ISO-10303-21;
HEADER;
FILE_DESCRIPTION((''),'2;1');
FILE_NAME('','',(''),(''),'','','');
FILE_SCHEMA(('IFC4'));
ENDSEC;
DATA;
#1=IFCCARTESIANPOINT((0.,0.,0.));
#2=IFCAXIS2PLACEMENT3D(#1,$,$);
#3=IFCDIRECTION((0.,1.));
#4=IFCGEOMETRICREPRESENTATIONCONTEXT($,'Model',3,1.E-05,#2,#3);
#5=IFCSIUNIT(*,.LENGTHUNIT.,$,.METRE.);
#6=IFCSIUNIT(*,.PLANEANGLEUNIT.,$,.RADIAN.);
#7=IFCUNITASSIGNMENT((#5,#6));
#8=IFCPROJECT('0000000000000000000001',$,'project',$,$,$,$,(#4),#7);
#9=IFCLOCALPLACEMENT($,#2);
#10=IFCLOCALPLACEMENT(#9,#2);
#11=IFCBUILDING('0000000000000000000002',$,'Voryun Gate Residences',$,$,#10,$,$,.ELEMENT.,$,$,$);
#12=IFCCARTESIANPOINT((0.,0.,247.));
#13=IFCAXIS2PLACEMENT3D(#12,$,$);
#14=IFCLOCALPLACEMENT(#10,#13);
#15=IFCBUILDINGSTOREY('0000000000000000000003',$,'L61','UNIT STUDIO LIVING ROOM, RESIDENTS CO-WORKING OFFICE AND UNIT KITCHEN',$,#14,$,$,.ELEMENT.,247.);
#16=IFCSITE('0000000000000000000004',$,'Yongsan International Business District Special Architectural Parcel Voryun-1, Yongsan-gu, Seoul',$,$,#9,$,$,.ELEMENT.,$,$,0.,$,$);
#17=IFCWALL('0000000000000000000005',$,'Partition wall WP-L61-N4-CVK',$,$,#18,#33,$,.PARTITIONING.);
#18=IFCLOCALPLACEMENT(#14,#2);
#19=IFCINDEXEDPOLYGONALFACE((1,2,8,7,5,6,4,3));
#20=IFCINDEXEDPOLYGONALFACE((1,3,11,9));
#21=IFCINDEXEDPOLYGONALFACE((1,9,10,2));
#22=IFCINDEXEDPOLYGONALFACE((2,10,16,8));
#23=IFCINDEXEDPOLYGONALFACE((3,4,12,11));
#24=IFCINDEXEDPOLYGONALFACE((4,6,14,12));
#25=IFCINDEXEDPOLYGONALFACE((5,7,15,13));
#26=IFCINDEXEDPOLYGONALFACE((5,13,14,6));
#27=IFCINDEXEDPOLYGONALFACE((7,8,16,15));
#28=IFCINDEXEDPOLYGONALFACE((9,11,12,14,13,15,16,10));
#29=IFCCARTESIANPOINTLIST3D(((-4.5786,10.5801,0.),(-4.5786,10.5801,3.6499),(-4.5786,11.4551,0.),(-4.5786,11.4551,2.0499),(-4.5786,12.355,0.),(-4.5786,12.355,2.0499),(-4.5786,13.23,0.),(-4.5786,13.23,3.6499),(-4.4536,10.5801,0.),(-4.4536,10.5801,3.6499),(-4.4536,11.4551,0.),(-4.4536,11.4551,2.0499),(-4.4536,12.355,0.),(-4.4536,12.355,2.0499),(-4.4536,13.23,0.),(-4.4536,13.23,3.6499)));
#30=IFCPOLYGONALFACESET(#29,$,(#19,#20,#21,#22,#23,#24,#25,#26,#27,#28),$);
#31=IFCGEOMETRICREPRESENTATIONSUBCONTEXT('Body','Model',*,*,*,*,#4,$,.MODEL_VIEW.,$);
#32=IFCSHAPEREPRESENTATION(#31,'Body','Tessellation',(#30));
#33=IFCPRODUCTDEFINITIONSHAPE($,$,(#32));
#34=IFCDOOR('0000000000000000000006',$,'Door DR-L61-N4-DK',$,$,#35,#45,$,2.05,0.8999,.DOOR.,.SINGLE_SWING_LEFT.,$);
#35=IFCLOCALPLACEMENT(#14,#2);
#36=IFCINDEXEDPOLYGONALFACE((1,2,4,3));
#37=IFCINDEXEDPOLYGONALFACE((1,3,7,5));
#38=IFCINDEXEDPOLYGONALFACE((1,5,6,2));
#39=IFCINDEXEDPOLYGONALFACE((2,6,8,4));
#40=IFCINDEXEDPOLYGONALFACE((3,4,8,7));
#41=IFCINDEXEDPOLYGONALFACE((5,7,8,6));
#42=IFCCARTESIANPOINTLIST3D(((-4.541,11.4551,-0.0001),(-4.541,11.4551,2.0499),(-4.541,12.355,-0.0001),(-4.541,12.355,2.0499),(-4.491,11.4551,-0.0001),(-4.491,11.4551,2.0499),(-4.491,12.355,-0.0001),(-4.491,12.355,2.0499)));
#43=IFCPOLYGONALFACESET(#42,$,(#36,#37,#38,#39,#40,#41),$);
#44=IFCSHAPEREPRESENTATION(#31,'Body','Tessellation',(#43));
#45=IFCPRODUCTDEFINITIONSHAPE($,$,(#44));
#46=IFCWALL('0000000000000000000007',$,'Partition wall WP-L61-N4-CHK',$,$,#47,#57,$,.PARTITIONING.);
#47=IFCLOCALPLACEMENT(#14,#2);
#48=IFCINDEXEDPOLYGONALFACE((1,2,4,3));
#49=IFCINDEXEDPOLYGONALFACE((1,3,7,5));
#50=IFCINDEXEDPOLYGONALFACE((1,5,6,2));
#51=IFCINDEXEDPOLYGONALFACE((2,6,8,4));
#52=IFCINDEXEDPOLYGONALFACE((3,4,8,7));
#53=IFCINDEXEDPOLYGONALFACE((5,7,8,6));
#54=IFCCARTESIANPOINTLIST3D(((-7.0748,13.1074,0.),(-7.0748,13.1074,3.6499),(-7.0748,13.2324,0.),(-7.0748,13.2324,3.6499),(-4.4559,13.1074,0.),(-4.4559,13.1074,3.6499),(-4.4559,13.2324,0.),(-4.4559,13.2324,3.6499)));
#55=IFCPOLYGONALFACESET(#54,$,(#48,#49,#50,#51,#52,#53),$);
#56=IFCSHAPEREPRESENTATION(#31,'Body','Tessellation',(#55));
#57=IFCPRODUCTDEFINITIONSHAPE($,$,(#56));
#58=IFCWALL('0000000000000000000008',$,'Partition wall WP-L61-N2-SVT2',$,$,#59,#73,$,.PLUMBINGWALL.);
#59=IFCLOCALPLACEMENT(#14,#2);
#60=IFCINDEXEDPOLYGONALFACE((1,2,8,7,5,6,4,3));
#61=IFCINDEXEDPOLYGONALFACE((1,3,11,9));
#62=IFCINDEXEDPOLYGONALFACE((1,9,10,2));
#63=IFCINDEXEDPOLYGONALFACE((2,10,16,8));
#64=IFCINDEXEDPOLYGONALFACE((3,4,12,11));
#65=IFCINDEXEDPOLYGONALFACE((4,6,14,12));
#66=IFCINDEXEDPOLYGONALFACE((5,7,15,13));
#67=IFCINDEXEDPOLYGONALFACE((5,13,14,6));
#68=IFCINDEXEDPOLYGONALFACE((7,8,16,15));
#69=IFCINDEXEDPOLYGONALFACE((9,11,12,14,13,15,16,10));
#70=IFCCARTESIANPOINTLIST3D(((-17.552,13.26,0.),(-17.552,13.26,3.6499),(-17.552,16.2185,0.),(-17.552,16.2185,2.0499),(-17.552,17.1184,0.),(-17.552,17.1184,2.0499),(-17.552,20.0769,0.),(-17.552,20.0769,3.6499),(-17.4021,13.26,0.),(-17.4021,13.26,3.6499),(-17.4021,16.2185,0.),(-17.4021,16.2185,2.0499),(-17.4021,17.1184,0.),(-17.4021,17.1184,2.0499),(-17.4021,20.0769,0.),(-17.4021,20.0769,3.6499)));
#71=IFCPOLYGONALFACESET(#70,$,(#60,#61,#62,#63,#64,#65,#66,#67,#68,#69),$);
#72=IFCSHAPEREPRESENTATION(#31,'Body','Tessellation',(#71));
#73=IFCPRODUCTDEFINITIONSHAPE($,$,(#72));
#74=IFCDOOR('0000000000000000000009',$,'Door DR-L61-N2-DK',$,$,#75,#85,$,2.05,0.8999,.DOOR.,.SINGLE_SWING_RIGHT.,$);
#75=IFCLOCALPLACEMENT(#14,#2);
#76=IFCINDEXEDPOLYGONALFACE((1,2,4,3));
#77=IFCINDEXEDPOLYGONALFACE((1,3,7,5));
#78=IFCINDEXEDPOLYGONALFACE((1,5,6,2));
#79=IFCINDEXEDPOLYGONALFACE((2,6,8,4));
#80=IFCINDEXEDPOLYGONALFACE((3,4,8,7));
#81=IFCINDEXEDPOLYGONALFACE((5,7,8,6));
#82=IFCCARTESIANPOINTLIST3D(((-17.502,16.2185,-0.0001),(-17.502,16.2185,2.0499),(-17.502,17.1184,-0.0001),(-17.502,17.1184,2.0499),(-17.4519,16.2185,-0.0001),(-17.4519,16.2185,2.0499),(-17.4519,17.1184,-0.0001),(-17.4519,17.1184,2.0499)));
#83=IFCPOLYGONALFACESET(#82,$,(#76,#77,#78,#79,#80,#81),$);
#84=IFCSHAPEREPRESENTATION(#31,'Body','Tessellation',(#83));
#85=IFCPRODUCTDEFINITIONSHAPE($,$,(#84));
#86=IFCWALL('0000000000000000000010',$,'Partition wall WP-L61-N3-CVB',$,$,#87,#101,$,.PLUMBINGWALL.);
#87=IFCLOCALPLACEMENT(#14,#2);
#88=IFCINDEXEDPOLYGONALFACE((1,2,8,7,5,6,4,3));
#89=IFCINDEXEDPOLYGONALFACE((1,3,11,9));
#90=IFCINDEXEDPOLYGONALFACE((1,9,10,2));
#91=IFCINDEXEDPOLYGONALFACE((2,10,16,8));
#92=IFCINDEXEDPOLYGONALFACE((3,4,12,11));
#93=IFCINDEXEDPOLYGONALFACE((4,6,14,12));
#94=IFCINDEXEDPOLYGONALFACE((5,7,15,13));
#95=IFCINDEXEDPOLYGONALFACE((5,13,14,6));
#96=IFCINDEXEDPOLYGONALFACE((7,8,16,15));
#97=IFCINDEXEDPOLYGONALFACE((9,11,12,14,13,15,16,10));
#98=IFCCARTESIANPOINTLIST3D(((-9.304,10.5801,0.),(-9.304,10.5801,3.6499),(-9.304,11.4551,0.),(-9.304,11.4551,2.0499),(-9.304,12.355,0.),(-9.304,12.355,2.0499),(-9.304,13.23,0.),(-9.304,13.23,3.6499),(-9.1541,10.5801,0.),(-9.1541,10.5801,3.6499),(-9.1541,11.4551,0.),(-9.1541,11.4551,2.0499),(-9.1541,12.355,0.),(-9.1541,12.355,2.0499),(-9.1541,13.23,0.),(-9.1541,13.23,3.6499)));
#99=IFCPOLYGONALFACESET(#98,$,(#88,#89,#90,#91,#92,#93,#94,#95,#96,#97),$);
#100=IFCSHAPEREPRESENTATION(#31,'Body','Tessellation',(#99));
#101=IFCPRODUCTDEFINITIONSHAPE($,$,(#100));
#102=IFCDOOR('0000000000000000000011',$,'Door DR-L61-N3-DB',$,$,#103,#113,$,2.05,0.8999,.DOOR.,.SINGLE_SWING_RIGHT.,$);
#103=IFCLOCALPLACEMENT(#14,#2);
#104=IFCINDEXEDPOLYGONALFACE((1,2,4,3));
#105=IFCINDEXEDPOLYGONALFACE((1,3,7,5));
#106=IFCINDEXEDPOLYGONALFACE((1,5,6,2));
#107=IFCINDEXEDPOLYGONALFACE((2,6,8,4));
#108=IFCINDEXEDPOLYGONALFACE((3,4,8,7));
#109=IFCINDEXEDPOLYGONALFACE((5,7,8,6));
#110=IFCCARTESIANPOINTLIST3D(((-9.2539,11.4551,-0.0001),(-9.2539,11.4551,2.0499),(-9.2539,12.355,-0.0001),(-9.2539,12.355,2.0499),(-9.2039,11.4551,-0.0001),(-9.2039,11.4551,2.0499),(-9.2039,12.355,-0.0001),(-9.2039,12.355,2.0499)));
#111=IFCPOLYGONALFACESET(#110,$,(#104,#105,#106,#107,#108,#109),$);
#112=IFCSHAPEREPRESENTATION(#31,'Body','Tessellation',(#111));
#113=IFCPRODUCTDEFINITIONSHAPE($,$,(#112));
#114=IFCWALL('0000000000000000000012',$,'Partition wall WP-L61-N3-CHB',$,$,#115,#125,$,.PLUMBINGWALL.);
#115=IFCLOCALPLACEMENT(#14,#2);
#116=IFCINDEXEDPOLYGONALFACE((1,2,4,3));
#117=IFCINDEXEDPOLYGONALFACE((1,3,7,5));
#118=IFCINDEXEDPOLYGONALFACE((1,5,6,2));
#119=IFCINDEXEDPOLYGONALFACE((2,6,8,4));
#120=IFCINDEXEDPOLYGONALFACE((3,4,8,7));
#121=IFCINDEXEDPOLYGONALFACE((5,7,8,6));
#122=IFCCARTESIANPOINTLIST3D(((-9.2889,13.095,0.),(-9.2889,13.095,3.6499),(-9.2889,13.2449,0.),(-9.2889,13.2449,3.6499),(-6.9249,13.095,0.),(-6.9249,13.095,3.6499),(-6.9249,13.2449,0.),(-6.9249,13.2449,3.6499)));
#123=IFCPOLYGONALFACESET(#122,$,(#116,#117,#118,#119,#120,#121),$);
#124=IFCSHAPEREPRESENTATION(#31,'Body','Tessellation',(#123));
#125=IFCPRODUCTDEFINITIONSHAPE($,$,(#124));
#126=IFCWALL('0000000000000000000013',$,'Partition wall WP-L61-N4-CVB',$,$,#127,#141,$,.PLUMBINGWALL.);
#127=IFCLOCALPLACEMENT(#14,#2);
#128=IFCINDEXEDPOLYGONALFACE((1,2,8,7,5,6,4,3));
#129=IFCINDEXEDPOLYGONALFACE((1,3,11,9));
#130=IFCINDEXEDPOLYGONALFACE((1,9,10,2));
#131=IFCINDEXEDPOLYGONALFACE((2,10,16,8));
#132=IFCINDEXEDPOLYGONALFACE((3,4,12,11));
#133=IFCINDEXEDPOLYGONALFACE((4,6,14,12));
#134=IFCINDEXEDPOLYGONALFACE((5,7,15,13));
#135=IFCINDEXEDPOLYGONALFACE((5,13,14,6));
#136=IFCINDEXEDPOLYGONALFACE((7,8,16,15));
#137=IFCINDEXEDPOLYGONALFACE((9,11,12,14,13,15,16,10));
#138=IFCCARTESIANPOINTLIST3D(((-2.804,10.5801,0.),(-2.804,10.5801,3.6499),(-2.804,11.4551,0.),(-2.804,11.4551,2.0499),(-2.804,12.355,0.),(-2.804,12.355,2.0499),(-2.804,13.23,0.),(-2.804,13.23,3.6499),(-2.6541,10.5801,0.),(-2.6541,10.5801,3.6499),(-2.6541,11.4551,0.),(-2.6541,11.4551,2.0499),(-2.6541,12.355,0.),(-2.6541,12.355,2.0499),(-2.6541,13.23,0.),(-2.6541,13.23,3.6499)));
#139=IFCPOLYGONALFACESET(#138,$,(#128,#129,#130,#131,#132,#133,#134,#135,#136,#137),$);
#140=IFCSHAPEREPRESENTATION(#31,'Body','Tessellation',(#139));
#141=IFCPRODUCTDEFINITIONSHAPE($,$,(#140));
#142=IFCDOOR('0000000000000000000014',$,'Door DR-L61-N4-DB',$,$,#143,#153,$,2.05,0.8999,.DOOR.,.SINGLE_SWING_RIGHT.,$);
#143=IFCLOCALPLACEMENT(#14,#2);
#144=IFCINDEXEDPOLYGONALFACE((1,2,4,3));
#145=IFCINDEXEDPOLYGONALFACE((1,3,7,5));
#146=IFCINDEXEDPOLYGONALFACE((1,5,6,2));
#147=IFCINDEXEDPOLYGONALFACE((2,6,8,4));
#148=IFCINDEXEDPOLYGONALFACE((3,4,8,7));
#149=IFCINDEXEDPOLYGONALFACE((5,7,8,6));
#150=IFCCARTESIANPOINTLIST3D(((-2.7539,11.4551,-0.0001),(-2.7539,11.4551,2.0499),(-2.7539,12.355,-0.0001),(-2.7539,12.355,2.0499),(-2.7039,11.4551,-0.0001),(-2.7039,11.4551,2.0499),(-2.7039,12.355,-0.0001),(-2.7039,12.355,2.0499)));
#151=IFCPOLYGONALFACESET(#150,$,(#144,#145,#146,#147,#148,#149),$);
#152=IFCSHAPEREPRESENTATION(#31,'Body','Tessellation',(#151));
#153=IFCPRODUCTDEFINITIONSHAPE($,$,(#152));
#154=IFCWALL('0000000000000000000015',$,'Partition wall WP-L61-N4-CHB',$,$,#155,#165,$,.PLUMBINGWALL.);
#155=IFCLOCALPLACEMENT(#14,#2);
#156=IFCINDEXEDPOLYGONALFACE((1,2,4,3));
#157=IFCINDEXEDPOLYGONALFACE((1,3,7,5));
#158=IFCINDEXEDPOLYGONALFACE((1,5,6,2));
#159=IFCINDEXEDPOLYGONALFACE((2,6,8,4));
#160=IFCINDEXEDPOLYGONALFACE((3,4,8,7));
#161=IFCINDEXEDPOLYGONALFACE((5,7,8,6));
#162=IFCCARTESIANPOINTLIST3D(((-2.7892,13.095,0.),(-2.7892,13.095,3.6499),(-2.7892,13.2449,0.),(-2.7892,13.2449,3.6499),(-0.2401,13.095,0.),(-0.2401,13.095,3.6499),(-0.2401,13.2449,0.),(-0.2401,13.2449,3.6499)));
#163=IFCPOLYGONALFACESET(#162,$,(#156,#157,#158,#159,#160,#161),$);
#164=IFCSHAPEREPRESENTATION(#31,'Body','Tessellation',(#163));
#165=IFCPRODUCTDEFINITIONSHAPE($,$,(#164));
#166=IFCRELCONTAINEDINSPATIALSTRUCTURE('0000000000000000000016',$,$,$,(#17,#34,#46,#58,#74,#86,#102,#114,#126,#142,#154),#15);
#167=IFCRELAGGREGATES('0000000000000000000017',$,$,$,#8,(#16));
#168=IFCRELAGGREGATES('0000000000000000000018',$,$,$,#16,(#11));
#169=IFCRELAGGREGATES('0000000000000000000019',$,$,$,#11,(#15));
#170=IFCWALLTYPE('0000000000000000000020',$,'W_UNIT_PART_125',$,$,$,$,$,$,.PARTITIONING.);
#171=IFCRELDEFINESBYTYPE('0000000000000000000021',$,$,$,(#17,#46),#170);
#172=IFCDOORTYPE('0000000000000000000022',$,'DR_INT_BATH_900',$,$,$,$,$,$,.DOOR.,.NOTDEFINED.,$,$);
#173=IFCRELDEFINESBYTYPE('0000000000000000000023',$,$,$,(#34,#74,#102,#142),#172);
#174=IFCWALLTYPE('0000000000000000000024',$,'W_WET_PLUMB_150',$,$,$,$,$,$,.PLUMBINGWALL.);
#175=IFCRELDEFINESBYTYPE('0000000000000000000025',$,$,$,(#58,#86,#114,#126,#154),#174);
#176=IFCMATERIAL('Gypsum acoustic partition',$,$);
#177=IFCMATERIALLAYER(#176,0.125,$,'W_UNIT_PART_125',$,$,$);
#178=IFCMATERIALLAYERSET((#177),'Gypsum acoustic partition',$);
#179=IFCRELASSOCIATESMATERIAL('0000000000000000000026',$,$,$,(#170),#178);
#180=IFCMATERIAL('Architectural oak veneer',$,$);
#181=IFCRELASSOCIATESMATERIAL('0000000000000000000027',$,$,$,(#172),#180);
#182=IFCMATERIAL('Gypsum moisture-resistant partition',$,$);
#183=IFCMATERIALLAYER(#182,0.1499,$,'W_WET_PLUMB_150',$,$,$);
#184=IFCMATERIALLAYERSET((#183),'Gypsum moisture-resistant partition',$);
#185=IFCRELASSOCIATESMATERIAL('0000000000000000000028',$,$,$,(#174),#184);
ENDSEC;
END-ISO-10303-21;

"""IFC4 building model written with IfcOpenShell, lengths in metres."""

from ifc_helpers import new_model, si_unit, direction, frame, frame_2d, origin, place, context, subcontext, project, spatial, rectangle, extrude, material, layer, layer_set, type_object, element, fill, save


model = new_model("IFC4")

# Units and contexts
model_context = context("Model", 3, precision=1e-05, world=origin(), true_north=direction((0.0, 1.0)))
body_context = subcontext(model_context, "Body", "Model", "MODEL_VIEW")
ifc_project = project(units=[si_unit("LENGTHUNIT", "METRE"), si_unit("PLANEANGLEUNIT", "RADIAN")], contexts=[model_context])

# Site, building, storey
site_placement = place(None, origin())
site = spatial("IfcSite", under=ifc_project, at=site_placement, Name="Yongsan International Business District Special Architectural Parcel Voryun-1, Yongsan-gu, Seoul", CompositionType="ELEMENT", RefElevation=0.0)
building_placement = place(site_placement, origin())
building = spatial("IfcBuilding", under=site, at=building_placement, Name="Voryun Gate Residences", CompositionType="ELEMENT")
storey_placement = place(building_placement, frame((0.0, 0.0, 247.0)))
storey = spatial("IfcBuildingStorey", under=building, at=storey_placement, Name="L61", Description="UNIT STUDIO LIVING ROOM, RESIDENTS CO-WORKING OFFICE AND UNIT KITCHEN", CompositionType="ELEMENT", Elevation=247.0)

# Shared definitions
ifc_material_1 = material(Name="Gypsum acoustic partition")
ifc_layer_1 = layer(ifc_material_1, 0.125, Name="W_UNIT_PART_125")
ifc_layer_set_1 = layer_set([ifc_layer_1], Name="Gypsum acoustic partition")
wall_type_1 = type_object("IfcWallType", Name="W_UNIT_PART_125", PredefinedType="PARTITIONING", material=ifc_layer_set_1)
ifc_material_2 = material(Name="Architectural oak veneer")
door_type_1 = type_object("IfcDoorType", Name="DR_INT_BATH_900", OperationType="NOTDEFINED", PredefinedType="DOOR", material=ifc_material_2)

# Wall, opening, door
wall_1_placement = place(storey_placement, frame((-4.5161, 10.5801, 0.0), z_axis=(0.0, 0.0, 1.0), x_axis=(0.0, 1.0, 0.0)))
wall_1 = element("IfcWall", 1, at=wall_1_placement, inside=storey, type_object=wall_type_1, Name="Partition wall WP-L61-N4-CVK", PredefinedType="PARTITIONING", context=body_context, shape_type="SweptSolid", body=[
    extrude(rectangle(XDim=2.6499, YDim=0.125, at=frame_2d((1.325, 0.0))), origin(), (0.0, 0.0, 1.0), 3.6499),
])
opening_1_placement = place(wall_1_placement, frame((0.875, 0.0, 0.0)))
opening_1 = element("IfcOpeningElement", 2, at=opening_1_placement, cuts=wall_1, PredefinedType="OPENING", context=body_context, shape_type="SweptSolid", body=[
    extrude(rectangle(XDim=0.8999, YDim=2.05, at=frame_2d((0.45, 1.0249))), frame((0.0, 0.0725, 0.0), z_axis=(0.0, -1.0, 0.0), x_axis=(1.0, 0.0, 0.0)), (0.0, 0.0, 1.0), 0.145),
])
door_1_placement = place(opening_1_placement, origin())
door_1 = element("IfcDoor", 3, at=door_1_placement, inside=storey, type_object=door_type_1, Name="Door DR-L61-N4-DK", OperationType="SINGLE_SWING_LEFT", OverallHeight=2.05, OverallWidth=0.8999, PredefinedType="DOOR", context=body_context, shape_type="SweptSolid", body=[
    extrude(rectangle(XDim=0.8999, YDim=2.05, at=frame_2d((0.45, 1.0249))), frame((0.0, 0.0249, 0.0), z_axis=(0.0, -1.0, 0.0), x_axis=(1.0, 0.0, 0.0)), (0.0, 0.0, 1.0), 0.05),
])
fill(opening_1, door_1)

# Wall
wall_2_placement = place(storey_placement, frame((-7.075, 13.1699, 0.0), z_axis=(0.0, 0.0, 1.0), x_axis=(1.0, 0.0, 0.0)))
element("IfcWall", 4, at=wall_2_placement, inside=storey, type_object=wall_type_1, Name="Partition wall WP-L61-N4-CHK", PredefinedType="PARTITIONING", context=body_context, shape_type="SweptSolid", body=[
    extrude(rectangle(XDim=2.6189, YDim=0.125, at=frame_2d((1.3096, 0.0))), origin(), (0.0, 0.0, 1.0), 3.6499),
])

# Walls, openings, doors
ifc_material_3 = material(Name="Gypsum moisture-resistant partition")
ifc_layer_2 = layer(ifc_material_3, 0.1499, Name="W_WET_PLUMB_150")
ifc_layer_set_2 = layer_set([ifc_layer_2], Name="Gypsum moisture-resistant partition")
wall_type_2 = type_object("IfcWallType", Name="W_WET_PLUMB_150", PredefinedType="PLUMBINGWALL", material=ifc_layer_set_2)
wall_3_placement = place(storey_placement, frame((-17.4771, 13.26, 0.0), z_axis=(0.0, 0.0, 1.0), x_axis=(0.0, 1.0, 0.0)))
wall_3 = element("IfcWall", 5, at=wall_3_placement, inside=storey, type_object=wall_type_2, Name="Partition wall WP-L61-N2-SVT2", PredefinedType="PLUMBINGWALL", context=body_context, shape_type="SweptSolid", body=[
    extrude(rectangle(XDim=6.8169, YDim=0.1499, at=frame_2d((3.4084, 0.0))), origin(), (0.0, 0.0, 1.0), 3.6499),
])
opening_2_placement = place(wall_3_placement, frame((2.9585, 0.0, 0.0)))
opening_2 = element("IfcOpeningElement", 6, at=opening_2_placement, cuts=wall_3, PredefinedType="OPENING", context=body_context, shape_type="SweptSolid", body=[
    extrude(rectangle(XDim=0.8999, YDim=2.05, at=frame_2d((0.45, 1.0249))), frame((0.0, 0.085, 0.0), z_axis=(0.0, -1.0, 0.0), x_axis=(1.0, 0.0, 0.0)), (0.0, 0.0, 1.0), 0.1699),
])
door_2_placement = place(opening_2_placement, origin())
door_2 = element("IfcDoor", 7, at=door_2_placement, inside=storey, type_object=door_type_1, Name="Door DR-L61-N2-DK", OperationType="SINGLE_SWING_RIGHT", OverallHeight=2.05, OverallWidth=0.8999, PredefinedType="DOOR", context=body_context, shape_type="SweptSolid", body=[
    extrude(rectangle(XDim=0.8999, YDim=2.05, at=frame_2d((0.45, 1.0249))), frame((0.0, 0.0249, 0.0), z_axis=(0.0, -1.0, 0.0), x_axis=(1.0, 0.0, 0.0)), (0.0, 0.0, 1.0), 0.05),
])
fill(opening_2, door_2)
wall_4_placement = place(storey_placement, frame((-9.229, 10.5801, 0.0), z_axis=(0.0, 0.0, 1.0), x_axis=(0.0, 1.0, 0.0)))
wall_4 = element("IfcWall", 8, at=wall_4_placement, inside=storey, type_object=wall_type_2, Name="Partition wall WP-L61-N3-CVB", PredefinedType="PLUMBINGWALL", context=body_context, shape_type="SweptSolid", body=[
    extrude(rectangle(XDim=2.6499, YDim=0.1499, at=frame_2d((1.325, 0.0))), origin(), (0.0, 0.0, 1.0), 3.6499),
])
opening_3_placement = place(wall_4_placement, frame((0.875, 0.0, 0.0)))
opening_3 = element("IfcOpeningElement", 9, at=opening_3_placement, cuts=wall_4, PredefinedType="OPENING", context=body_context, shape_type="SweptSolid", body=[
    extrude(rectangle(XDim=0.8999, YDim=2.05, at=frame_2d((0.45, 1.0249))), frame((0.0, 0.085, 0.0), z_axis=(0.0, -1.0, 0.0), x_axis=(1.0, 0.0, 0.0)), (0.0, 0.0, 1.0), 0.1699),
])
door_3_placement = place(opening_3_placement, origin())
door_3 = element("IfcDoor", 10, at=door_3_placement, inside=storey, type_object=door_type_1, Name="Door DR-L61-N3-DB", OperationType="SINGLE_SWING_RIGHT", OverallHeight=2.05, OverallWidth=0.8999, PredefinedType="DOOR", context=body_context, shape_type="SweptSolid", body=[
    extrude(rectangle(XDim=0.8999, YDim=2.05, at=frame_2d((0.45, 1.0249))), frame((0.0, 0.0249, 0.0), z_axis=(0.0, -1.0, 0.0), x_axis=(1.0, 0.0, 0.0)), (0.0, 0.0, 1.0), 0.05),
])
fill(opening_3, door_3)

# Wall
wall_5_placement = place(storey_placement, frame((-9.2891, 13.1699, 0.0), z_axis=(0.0, 0.0, 1.0), x_axis=(1.0, 0.0, 0.0)))
element("IfcWall", 11, at=wall_5_placement, inside=storey, type_object=wall_type_2, Name="Partition wall WP-L61-N3-CHB", PredefinedType="PLUMBINGWALL", context=body_context, shape_type="SweptSolid", body=[
    extrude(rectangle(XDim=2.364, YDim=0.1499, at=frame_2d((1.1821, 0.0))), origin(), (0.0, 0.0, 1.0), 3.6499),
])

# Wall, opening, door
wall_6_placement = place(storey_placement, frame((-2.729, 10.5801, 0.0), z_axis=(0.0, 0.0, 1.0), x_axis=(0.0, 1.0, 0.0)))
wall_6 = element("IfcWall", 12, at=wall_6_placement, inside=storey, type_object=wall_type_2, Name="Partition wall WP-L61-N4-CVB", PredefinedType="PLUMBINGWALL", context=body_context, shape_type="SweptSolid", body=[
    extrude(rectangle(XDim=2.6499, YDim=0.1499, at=frame_2d((1.325, 0.0))), origin(), (0.0, 0.0, 1.0), 3.6499),
])
opening_4_placement = place(wall_6_placement, frame((0.875, 0.0, 0.0)))
opening_4 = element("IfcOpeningElement", 13, at=opening_4_placement, cuts=wall_6, PredefinedType="OPENING", context=body_context, shape_type="SweptSolid", body=[
    extrude(rectangle(XDim=0.8999, YDim=2.05, at=frame_2d((0.45, 1.0249))), frame((0.0, 0.085, 0.0), z_axis=(0.0, -1.0, 0.0), x_axis=(1.0, 0.0, 0.0)), (0.0, 0.0, 1.0), 0.1699),
])
door_4_placement = place(opening_4_placement, origin())
door_4 = element("IfcDoor", 14, at=door_4_placement, inside=storey, type_object=door_type_1, Name="Door DR-L61-N4-DB", OperationType="SINGLE_SWING_RIGHT", OverallHeight=2.05, OverallWidth=0.8999, PredefinedType="DOOR", context=body_context, shape_type="SweptSolid", body=[
    extrude(rectangle(XDim=0.8999, YDim=2.05, at=frame_2d((0.45, 1.0249))), frame((0.0, 0.0249, 0.0), z_axis=(0.0, -1.0, 0.0), x_axis=(1.0, 0.0, 0.0)), (0.0, 0.0, 1.0), 0.05),
])
fill(opening_4, door_4)

# Wall
wall_7_placement = place(storey_placement, frame((-2.7891, 13.1699, 0.0), z_axis=(0.0, 0.0, 1.0), x_axis=(1.0, 0.0, 0.0)))
element("IfcWall", 15, at=wall_7_placement, inside=storey, type_object=wall_type_2, Name="Partition wall WP-L61-N4-CHB", PredefinedType="PLUMBINGWALL", context=body_context, shape_type="SweptSolid", body=[
    extrude(rectangle(XDim=2.5491, YDim=0.1499, at=frame_2d((1.2744, 0.0))), origin(), (0.0, 0.0, 1.0), 3.6499),
])

save(model, "model.ifc")
